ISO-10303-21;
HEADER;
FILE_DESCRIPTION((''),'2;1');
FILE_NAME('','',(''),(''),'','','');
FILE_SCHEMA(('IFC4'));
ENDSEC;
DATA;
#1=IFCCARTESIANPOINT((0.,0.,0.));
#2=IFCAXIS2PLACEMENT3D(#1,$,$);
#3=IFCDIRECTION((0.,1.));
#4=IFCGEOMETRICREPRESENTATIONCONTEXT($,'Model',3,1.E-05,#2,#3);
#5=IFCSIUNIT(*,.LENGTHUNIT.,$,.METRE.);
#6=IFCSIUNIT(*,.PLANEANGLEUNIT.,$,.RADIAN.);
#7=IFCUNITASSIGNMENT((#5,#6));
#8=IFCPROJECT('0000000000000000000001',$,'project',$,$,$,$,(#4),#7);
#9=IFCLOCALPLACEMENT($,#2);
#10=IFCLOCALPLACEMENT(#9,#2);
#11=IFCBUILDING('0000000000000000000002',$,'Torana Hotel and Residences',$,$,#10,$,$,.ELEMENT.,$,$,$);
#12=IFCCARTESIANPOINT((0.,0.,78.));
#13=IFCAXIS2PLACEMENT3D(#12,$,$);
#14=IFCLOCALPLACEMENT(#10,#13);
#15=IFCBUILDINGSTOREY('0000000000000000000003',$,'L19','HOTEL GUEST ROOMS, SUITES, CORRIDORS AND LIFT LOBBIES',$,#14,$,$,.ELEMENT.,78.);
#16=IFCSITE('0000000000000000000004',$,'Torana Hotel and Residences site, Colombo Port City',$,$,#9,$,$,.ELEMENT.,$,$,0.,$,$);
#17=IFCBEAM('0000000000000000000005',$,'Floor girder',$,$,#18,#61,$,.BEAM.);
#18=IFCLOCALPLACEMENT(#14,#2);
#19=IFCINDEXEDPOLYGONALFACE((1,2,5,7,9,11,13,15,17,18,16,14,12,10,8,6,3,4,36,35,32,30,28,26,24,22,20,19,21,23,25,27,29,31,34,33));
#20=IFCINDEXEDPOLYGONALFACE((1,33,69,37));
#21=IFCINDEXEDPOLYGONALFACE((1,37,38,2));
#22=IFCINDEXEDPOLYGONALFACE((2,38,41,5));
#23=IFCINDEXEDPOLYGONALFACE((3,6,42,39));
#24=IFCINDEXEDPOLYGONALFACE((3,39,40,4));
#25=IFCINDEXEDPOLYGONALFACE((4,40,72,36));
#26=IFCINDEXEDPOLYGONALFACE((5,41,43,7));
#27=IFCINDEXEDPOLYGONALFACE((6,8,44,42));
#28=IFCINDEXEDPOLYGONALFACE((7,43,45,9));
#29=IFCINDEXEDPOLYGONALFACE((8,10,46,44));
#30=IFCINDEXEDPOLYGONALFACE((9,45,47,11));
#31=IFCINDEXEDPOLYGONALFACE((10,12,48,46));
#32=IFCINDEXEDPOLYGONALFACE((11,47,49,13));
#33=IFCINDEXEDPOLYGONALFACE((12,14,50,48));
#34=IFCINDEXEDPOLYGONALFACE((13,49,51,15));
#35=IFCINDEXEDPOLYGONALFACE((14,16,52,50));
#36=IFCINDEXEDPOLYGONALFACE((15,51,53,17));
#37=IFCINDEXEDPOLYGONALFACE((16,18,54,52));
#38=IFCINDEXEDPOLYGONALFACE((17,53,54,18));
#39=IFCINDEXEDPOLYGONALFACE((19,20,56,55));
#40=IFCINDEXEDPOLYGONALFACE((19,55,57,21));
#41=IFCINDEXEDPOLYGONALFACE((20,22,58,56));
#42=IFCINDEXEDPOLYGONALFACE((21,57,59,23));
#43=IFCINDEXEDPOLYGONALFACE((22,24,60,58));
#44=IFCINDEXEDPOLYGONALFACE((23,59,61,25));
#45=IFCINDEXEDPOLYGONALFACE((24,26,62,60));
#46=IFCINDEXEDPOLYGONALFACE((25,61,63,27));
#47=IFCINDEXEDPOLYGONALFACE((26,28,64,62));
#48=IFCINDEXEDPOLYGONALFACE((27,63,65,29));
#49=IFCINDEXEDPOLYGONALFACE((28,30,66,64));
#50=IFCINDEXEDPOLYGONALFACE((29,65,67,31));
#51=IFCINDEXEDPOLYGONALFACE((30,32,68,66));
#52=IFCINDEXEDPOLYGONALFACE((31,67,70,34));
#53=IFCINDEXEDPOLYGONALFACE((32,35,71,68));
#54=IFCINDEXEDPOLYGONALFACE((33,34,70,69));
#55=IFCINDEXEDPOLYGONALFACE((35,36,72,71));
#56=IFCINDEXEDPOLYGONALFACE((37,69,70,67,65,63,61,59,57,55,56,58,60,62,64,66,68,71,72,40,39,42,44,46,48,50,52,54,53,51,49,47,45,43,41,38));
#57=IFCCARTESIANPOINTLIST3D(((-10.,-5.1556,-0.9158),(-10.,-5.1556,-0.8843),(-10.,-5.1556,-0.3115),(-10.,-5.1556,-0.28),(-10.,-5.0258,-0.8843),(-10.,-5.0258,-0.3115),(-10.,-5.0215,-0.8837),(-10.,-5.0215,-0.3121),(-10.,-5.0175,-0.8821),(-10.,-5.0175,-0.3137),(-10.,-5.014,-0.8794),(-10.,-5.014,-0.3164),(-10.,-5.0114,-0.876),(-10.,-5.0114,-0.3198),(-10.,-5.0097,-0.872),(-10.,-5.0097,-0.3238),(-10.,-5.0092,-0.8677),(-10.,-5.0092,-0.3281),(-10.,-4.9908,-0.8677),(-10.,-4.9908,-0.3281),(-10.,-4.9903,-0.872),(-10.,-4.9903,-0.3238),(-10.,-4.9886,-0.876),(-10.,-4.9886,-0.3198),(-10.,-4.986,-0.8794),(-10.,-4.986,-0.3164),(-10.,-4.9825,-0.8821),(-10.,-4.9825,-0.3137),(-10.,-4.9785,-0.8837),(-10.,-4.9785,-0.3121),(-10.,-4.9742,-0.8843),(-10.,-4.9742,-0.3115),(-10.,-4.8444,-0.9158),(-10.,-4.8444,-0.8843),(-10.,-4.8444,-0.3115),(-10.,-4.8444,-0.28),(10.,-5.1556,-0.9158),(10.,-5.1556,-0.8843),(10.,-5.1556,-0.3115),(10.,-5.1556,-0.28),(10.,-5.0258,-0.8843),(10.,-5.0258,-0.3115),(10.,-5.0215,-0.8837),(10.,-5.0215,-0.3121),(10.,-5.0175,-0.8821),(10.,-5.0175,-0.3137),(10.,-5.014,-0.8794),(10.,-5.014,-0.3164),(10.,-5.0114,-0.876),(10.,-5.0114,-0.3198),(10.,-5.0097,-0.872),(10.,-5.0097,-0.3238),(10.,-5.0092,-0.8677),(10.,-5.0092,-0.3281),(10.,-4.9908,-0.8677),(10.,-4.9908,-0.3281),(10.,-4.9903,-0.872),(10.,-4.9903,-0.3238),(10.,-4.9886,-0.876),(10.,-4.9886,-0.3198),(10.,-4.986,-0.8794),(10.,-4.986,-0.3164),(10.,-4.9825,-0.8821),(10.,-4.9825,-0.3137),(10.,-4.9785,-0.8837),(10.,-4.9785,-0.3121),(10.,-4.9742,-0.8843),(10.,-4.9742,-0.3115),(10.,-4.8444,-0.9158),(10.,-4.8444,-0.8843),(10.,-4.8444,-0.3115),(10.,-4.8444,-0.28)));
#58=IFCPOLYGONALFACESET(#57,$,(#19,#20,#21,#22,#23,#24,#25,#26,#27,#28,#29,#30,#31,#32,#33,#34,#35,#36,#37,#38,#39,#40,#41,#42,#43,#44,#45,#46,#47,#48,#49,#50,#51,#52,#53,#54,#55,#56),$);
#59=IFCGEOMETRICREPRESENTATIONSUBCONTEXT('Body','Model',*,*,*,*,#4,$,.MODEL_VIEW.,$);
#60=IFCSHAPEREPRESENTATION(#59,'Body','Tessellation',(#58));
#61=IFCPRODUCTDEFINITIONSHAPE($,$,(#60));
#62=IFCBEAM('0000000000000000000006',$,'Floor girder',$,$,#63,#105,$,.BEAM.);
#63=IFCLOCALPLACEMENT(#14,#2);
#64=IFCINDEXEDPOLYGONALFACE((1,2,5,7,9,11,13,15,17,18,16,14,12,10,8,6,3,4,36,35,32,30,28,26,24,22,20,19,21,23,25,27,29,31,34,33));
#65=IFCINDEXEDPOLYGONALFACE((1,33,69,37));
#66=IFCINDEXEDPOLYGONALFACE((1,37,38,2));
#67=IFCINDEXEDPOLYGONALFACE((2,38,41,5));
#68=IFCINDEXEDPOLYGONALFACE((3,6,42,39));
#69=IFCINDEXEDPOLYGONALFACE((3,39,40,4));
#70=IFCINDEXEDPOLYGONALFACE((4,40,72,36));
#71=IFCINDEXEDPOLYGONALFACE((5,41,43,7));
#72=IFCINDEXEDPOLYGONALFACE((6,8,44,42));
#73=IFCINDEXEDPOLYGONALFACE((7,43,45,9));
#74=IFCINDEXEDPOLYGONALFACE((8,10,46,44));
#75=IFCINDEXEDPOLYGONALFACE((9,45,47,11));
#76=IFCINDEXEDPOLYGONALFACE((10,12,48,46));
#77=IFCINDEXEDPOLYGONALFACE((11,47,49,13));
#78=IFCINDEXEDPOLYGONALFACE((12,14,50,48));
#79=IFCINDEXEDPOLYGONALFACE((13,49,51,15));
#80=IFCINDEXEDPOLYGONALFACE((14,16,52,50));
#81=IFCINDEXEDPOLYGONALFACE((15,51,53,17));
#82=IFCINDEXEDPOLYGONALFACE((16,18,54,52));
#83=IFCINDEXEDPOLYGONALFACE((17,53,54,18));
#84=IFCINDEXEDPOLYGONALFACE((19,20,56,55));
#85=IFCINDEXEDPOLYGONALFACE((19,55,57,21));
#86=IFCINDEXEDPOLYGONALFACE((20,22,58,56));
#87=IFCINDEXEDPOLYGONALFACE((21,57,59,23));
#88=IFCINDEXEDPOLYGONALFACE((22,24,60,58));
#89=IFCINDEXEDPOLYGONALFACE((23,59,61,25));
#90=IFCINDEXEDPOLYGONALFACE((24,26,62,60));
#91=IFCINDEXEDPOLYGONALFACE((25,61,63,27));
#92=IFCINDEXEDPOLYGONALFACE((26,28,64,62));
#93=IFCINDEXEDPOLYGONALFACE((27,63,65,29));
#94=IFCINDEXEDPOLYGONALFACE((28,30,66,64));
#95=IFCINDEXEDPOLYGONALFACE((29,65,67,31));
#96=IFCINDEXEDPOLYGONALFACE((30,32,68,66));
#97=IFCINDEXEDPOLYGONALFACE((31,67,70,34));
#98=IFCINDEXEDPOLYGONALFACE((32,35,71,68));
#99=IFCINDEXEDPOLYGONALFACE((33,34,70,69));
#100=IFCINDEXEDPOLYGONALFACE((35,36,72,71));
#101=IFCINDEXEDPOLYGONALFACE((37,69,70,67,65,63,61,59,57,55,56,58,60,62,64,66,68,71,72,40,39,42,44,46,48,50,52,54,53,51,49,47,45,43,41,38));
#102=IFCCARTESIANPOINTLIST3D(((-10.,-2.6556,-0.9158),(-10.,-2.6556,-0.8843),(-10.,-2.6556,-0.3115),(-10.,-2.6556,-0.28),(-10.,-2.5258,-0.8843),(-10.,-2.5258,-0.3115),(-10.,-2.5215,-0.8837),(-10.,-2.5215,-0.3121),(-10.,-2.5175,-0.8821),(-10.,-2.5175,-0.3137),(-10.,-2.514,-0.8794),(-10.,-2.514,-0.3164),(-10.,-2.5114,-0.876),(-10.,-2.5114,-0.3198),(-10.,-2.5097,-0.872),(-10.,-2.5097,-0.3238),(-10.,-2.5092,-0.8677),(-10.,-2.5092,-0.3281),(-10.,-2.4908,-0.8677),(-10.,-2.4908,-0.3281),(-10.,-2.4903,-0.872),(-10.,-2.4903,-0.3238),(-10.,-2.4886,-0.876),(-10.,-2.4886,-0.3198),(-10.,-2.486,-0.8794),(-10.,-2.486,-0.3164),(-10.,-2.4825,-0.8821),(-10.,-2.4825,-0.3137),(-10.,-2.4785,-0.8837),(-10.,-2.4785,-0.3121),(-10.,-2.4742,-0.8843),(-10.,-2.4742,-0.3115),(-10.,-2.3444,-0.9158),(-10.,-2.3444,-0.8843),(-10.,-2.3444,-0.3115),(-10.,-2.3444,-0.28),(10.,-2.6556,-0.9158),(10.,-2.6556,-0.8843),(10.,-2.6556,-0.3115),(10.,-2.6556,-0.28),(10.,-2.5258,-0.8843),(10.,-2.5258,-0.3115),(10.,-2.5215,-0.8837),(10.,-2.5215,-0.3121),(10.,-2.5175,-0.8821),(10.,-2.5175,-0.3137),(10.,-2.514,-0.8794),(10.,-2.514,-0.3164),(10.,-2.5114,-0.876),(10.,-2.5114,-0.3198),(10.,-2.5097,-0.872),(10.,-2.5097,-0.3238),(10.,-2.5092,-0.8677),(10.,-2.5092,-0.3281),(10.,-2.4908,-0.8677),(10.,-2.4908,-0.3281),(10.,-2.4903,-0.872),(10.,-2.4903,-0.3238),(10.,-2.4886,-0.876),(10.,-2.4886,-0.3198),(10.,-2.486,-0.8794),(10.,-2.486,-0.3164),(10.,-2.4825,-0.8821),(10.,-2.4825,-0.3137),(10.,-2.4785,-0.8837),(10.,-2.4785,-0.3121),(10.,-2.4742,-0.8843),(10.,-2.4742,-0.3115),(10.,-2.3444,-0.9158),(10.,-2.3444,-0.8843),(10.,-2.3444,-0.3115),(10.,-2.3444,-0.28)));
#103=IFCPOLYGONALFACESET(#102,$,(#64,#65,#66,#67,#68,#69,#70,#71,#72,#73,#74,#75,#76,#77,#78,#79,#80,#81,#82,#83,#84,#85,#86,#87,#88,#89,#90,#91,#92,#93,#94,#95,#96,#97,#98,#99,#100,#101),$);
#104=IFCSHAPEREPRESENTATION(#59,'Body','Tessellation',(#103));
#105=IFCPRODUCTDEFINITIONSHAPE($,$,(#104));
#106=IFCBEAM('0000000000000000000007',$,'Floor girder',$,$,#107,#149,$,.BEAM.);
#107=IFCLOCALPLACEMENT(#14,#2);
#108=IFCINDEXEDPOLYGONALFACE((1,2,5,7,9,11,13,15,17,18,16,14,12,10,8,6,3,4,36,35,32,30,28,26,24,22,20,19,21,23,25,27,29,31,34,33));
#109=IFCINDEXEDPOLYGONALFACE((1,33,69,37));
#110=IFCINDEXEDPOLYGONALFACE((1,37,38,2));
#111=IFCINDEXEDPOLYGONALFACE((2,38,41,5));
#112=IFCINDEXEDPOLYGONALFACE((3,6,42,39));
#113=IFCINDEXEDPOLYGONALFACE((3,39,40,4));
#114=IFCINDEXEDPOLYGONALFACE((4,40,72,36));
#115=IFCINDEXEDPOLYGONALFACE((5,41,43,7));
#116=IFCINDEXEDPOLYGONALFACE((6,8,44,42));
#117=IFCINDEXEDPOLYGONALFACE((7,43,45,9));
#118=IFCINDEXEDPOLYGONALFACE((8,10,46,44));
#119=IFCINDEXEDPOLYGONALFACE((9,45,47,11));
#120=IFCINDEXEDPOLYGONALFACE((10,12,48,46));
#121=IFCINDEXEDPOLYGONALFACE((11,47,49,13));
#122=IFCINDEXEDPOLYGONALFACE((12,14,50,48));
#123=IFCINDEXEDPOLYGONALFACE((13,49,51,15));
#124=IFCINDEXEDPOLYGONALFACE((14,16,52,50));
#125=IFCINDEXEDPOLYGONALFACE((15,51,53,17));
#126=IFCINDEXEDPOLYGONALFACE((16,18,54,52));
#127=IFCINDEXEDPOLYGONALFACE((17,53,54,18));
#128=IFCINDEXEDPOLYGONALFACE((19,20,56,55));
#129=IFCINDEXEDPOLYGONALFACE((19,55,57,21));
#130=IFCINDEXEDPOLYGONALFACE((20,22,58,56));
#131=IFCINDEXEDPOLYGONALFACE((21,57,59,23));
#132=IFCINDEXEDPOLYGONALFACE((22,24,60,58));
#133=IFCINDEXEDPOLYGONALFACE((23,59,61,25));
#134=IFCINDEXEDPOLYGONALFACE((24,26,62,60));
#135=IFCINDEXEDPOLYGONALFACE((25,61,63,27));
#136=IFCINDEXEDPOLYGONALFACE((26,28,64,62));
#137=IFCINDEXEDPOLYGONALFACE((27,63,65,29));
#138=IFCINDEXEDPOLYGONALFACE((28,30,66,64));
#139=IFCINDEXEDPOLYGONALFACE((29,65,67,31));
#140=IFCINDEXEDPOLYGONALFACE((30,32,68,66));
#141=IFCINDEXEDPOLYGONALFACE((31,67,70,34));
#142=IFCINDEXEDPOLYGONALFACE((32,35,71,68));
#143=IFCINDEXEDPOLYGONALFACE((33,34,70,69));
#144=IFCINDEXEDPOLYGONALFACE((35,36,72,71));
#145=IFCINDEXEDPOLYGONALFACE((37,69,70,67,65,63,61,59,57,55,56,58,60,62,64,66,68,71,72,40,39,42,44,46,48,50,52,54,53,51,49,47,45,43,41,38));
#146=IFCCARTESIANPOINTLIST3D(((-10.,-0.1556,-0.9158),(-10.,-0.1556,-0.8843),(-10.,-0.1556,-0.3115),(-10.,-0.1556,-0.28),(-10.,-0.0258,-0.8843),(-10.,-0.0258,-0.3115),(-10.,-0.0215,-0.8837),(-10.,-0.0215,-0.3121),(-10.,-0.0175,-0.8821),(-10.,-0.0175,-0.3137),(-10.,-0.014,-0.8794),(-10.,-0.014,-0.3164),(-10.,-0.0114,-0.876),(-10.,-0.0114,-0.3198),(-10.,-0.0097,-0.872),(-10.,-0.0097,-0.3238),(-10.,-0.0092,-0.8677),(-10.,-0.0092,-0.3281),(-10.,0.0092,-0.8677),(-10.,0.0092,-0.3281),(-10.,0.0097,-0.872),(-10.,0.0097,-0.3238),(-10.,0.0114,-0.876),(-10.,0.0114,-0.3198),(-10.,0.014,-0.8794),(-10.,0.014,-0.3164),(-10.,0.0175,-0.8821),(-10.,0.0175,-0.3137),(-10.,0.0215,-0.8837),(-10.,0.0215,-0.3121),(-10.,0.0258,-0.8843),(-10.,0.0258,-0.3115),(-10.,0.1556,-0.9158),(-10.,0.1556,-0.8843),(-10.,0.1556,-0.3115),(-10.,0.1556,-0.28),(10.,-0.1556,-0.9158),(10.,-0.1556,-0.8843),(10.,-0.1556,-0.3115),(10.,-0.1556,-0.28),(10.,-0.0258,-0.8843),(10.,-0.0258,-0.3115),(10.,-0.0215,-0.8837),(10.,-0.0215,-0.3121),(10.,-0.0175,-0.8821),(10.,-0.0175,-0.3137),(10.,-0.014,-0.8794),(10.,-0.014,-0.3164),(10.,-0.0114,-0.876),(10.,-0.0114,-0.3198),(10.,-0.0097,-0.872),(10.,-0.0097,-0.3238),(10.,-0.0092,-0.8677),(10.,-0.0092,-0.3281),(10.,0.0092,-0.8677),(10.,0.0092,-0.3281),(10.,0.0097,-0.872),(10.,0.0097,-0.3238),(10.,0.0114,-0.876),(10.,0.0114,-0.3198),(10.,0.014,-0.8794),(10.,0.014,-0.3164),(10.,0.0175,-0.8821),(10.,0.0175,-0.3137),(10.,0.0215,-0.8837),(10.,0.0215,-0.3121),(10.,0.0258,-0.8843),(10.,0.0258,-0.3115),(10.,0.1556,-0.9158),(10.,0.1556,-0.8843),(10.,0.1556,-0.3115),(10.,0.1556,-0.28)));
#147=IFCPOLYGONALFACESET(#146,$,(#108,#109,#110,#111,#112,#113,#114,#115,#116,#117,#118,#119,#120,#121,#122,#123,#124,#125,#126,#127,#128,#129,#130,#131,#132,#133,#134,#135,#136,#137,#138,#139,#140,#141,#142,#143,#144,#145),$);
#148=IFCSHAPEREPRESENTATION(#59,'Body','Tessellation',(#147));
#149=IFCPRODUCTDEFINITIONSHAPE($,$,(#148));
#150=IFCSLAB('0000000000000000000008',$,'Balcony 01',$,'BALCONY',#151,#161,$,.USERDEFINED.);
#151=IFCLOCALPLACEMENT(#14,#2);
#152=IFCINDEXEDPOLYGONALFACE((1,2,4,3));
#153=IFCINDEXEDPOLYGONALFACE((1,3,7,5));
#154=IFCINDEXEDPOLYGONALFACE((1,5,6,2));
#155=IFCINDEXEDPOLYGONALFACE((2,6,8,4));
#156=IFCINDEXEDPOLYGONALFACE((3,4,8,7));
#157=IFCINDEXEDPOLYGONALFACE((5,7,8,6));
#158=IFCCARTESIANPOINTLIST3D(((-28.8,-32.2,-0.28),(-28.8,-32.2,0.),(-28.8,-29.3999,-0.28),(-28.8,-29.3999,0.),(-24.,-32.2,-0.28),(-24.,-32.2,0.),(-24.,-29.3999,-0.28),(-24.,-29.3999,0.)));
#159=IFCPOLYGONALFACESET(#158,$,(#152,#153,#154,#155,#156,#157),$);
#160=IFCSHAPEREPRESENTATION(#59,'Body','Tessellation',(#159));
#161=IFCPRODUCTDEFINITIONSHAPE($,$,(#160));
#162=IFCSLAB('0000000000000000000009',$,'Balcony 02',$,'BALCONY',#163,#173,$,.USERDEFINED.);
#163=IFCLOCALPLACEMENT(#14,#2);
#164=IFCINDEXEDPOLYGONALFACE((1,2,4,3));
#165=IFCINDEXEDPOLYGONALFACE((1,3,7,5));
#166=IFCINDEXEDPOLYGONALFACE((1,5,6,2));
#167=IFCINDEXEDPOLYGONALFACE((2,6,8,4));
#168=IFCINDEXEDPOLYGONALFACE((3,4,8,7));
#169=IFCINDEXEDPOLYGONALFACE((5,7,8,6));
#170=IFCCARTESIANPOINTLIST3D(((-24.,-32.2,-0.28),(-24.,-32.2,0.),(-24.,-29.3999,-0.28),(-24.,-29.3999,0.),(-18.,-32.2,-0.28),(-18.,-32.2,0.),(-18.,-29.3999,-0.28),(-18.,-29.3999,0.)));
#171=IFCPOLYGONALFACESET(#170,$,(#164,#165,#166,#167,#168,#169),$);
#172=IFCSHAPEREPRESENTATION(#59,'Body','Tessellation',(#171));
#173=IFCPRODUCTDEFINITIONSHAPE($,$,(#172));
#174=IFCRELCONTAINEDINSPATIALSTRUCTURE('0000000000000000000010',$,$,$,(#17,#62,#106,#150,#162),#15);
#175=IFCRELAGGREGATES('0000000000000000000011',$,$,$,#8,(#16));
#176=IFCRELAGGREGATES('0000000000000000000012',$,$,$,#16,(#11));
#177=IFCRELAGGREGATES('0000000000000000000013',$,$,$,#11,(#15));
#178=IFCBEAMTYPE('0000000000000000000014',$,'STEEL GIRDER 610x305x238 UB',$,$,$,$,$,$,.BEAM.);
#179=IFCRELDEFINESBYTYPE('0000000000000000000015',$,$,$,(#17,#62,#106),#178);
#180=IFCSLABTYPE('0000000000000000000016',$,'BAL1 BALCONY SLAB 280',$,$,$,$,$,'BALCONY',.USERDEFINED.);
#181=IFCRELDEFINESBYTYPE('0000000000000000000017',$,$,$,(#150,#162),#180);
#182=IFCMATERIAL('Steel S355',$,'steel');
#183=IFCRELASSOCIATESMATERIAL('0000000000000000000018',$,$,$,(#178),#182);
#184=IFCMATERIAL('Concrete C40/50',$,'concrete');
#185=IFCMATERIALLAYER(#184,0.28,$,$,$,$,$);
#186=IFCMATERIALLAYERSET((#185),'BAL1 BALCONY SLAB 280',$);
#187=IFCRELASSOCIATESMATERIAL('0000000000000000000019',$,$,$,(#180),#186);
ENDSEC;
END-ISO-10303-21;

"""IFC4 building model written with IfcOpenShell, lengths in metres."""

from ifc_helpers import new_model, si_unit, direction, frame, origin, origin_2d, place, context, subcontext, project, spatial, polyline, i_section, outline, extrude, material, layer, layer_set, material_profile, profile_set, type_object, element, save


model = new_model("IFC4")

# Units and contexts
model_context = context("Model", 3, precision=1e-05, world=origin(), true_north=direction((0.0, 1.0)))
body_context = subcontext(model_context, "Body", "Model", "MODEL_VIEW")
ifc_project = project(units=[si_unit("LENGTHUNIT", "METRE"), si_unit("PLANEANGLEUNIT", "RADIAN")], contexts=[model_context])

# Site, building, storey
site_placement = place(None, origin())
site = spatial("IfcSite", under=ifc_project, at=site_placement, Name="Torana Hotel and Residences site, Colombo Port City", CompositionType="ELEMENT", RefElevation=0.0)
building_placement = place(site_placement, origin())
building = spatial("IfcBuilding", under=site, at=building_placement, Name="Torana Hotel and Residences", CompositionType="ELEMENT")
storey_placement = place(building_placement, frame((0.0, 0.0, 78.0)))
storey = spatial("IfcBuildingStorey", under=building, at=storey_placement, Name="L19", Description="HOTEL GUEST ROOMS, SUITES, CORRIDORS AND LIFT LOBBIES", CompositionType="ELEMENT", Elevation=78.0)

# Beams
ifc_material_1 = material(Name="Steel S355", Category="steel")
ifc_material_profile = material_profile(ifc_material_1, i_section(OverallWidth=0.3113, OverallDepth=0.6357, WebThickness=0.0183, FlangeThickness=0.0315, FilletRadius=0.0166, at=origin_2d()), Name="610x305x238 UB")
ifc_profile_set = profile_set([ifc_material_profile], Name="Steel S355")
beam_type = type_object("IfcBeamType", Name="STEEL GIRDER 610x305x238 UB", PredefinedType="BEAM", material=ifc_profile_set)
for number, where, z_axis, x_axis, name in (
    (1, (-10.0, -5.0, -0.5979), (1.0, 0.0, 0.0), (0.0, 1.0, 0.0), "Floor girder"),
    (2, (-10.0, -2.5, -0.5979), (1.0, 0.0, 0.0), (0.0, 1.0, 0.0), "Floor girder"),
    (3, (-10.0, 0.0, -0.5979), (1.0, 0.0, 0.0), (0.0, 1.0, 0.0), "Floor girder"),
):
    element("IfcBeam", number, at=place(storey_placement, frame(where, z_axis=z_axis, x_axis=x_axis)), inside=storey, type_object=beam_type, Name=name, PredefinedType="BEAM", context=body_context, shape_type="SweptSolid", body=[
        extrude(i_section(OverallWidth=0.3113, OverallDepth=0.6357, WebThickness=0.0183, FlangeThickness=0.0315, FilletRadius=0.0166, at=origin_2d()), origin(), (0.0, 0.0, 1.0), 20.0),
    ])

# Slabs
ifc_material_2 = material(Name="Concrete C40/50", Category="concrete")
ifc_layer_1 = layer(ifc_material_2, 0.28)
ifc_layer_set_1 = layer_set([ifc_layer_1], Name="BAL1 BALCONY SLAB 280")
slab_type_1 = type_object("IfcSlabType", Name="BAL1 BALCONY SLAB 280", ElementType="BALCONY", PredefinedType="USERDEFINED", material=ifc_layer_set_1)
slab_1_placement = place(storey_placement, frame((0.0, 0.0, -0.28)))
element("IfcSlab", 4, at=slab_1_placement, inside=storey, type_object=slab_type_1, Name="Balcony 01", ObjectType="BALCONY", PredefinedType="USERDEFINED", context=body_context, shape_type="SweptSolid", body=[
    extrude(outline(polyline([(-28.8, -32.2), (-24.0, -32.2), (-24.0, -29.3999), (-28.8, -29.3999), (-28.8, -32.2)])), origin(), (0.0, 0.0, 1.0), 0.28),
])
slab_2_placement = place(storey_placement, frame((0.0, 0.0, -0.28)))
element("IfcSlab", 5, at=slab_2_placement, inside=storey, type_object=slab_type_1, Name="Balcony 02", ObjectType="BALCONY", PredefinedType="USERDEFINED", context=body_context, shape_type="SweptSolid", body=[
    extrude(outline(polyline([(-24.0, -32.2), (-18.0, -32.2), (-18.0, -29.3999), (-24.0, -29.3999), (-24.0, -32.2)])), origin(), (0.0, 0.0, 1.0), 0.28),
])

save(model, "model.ifc")
